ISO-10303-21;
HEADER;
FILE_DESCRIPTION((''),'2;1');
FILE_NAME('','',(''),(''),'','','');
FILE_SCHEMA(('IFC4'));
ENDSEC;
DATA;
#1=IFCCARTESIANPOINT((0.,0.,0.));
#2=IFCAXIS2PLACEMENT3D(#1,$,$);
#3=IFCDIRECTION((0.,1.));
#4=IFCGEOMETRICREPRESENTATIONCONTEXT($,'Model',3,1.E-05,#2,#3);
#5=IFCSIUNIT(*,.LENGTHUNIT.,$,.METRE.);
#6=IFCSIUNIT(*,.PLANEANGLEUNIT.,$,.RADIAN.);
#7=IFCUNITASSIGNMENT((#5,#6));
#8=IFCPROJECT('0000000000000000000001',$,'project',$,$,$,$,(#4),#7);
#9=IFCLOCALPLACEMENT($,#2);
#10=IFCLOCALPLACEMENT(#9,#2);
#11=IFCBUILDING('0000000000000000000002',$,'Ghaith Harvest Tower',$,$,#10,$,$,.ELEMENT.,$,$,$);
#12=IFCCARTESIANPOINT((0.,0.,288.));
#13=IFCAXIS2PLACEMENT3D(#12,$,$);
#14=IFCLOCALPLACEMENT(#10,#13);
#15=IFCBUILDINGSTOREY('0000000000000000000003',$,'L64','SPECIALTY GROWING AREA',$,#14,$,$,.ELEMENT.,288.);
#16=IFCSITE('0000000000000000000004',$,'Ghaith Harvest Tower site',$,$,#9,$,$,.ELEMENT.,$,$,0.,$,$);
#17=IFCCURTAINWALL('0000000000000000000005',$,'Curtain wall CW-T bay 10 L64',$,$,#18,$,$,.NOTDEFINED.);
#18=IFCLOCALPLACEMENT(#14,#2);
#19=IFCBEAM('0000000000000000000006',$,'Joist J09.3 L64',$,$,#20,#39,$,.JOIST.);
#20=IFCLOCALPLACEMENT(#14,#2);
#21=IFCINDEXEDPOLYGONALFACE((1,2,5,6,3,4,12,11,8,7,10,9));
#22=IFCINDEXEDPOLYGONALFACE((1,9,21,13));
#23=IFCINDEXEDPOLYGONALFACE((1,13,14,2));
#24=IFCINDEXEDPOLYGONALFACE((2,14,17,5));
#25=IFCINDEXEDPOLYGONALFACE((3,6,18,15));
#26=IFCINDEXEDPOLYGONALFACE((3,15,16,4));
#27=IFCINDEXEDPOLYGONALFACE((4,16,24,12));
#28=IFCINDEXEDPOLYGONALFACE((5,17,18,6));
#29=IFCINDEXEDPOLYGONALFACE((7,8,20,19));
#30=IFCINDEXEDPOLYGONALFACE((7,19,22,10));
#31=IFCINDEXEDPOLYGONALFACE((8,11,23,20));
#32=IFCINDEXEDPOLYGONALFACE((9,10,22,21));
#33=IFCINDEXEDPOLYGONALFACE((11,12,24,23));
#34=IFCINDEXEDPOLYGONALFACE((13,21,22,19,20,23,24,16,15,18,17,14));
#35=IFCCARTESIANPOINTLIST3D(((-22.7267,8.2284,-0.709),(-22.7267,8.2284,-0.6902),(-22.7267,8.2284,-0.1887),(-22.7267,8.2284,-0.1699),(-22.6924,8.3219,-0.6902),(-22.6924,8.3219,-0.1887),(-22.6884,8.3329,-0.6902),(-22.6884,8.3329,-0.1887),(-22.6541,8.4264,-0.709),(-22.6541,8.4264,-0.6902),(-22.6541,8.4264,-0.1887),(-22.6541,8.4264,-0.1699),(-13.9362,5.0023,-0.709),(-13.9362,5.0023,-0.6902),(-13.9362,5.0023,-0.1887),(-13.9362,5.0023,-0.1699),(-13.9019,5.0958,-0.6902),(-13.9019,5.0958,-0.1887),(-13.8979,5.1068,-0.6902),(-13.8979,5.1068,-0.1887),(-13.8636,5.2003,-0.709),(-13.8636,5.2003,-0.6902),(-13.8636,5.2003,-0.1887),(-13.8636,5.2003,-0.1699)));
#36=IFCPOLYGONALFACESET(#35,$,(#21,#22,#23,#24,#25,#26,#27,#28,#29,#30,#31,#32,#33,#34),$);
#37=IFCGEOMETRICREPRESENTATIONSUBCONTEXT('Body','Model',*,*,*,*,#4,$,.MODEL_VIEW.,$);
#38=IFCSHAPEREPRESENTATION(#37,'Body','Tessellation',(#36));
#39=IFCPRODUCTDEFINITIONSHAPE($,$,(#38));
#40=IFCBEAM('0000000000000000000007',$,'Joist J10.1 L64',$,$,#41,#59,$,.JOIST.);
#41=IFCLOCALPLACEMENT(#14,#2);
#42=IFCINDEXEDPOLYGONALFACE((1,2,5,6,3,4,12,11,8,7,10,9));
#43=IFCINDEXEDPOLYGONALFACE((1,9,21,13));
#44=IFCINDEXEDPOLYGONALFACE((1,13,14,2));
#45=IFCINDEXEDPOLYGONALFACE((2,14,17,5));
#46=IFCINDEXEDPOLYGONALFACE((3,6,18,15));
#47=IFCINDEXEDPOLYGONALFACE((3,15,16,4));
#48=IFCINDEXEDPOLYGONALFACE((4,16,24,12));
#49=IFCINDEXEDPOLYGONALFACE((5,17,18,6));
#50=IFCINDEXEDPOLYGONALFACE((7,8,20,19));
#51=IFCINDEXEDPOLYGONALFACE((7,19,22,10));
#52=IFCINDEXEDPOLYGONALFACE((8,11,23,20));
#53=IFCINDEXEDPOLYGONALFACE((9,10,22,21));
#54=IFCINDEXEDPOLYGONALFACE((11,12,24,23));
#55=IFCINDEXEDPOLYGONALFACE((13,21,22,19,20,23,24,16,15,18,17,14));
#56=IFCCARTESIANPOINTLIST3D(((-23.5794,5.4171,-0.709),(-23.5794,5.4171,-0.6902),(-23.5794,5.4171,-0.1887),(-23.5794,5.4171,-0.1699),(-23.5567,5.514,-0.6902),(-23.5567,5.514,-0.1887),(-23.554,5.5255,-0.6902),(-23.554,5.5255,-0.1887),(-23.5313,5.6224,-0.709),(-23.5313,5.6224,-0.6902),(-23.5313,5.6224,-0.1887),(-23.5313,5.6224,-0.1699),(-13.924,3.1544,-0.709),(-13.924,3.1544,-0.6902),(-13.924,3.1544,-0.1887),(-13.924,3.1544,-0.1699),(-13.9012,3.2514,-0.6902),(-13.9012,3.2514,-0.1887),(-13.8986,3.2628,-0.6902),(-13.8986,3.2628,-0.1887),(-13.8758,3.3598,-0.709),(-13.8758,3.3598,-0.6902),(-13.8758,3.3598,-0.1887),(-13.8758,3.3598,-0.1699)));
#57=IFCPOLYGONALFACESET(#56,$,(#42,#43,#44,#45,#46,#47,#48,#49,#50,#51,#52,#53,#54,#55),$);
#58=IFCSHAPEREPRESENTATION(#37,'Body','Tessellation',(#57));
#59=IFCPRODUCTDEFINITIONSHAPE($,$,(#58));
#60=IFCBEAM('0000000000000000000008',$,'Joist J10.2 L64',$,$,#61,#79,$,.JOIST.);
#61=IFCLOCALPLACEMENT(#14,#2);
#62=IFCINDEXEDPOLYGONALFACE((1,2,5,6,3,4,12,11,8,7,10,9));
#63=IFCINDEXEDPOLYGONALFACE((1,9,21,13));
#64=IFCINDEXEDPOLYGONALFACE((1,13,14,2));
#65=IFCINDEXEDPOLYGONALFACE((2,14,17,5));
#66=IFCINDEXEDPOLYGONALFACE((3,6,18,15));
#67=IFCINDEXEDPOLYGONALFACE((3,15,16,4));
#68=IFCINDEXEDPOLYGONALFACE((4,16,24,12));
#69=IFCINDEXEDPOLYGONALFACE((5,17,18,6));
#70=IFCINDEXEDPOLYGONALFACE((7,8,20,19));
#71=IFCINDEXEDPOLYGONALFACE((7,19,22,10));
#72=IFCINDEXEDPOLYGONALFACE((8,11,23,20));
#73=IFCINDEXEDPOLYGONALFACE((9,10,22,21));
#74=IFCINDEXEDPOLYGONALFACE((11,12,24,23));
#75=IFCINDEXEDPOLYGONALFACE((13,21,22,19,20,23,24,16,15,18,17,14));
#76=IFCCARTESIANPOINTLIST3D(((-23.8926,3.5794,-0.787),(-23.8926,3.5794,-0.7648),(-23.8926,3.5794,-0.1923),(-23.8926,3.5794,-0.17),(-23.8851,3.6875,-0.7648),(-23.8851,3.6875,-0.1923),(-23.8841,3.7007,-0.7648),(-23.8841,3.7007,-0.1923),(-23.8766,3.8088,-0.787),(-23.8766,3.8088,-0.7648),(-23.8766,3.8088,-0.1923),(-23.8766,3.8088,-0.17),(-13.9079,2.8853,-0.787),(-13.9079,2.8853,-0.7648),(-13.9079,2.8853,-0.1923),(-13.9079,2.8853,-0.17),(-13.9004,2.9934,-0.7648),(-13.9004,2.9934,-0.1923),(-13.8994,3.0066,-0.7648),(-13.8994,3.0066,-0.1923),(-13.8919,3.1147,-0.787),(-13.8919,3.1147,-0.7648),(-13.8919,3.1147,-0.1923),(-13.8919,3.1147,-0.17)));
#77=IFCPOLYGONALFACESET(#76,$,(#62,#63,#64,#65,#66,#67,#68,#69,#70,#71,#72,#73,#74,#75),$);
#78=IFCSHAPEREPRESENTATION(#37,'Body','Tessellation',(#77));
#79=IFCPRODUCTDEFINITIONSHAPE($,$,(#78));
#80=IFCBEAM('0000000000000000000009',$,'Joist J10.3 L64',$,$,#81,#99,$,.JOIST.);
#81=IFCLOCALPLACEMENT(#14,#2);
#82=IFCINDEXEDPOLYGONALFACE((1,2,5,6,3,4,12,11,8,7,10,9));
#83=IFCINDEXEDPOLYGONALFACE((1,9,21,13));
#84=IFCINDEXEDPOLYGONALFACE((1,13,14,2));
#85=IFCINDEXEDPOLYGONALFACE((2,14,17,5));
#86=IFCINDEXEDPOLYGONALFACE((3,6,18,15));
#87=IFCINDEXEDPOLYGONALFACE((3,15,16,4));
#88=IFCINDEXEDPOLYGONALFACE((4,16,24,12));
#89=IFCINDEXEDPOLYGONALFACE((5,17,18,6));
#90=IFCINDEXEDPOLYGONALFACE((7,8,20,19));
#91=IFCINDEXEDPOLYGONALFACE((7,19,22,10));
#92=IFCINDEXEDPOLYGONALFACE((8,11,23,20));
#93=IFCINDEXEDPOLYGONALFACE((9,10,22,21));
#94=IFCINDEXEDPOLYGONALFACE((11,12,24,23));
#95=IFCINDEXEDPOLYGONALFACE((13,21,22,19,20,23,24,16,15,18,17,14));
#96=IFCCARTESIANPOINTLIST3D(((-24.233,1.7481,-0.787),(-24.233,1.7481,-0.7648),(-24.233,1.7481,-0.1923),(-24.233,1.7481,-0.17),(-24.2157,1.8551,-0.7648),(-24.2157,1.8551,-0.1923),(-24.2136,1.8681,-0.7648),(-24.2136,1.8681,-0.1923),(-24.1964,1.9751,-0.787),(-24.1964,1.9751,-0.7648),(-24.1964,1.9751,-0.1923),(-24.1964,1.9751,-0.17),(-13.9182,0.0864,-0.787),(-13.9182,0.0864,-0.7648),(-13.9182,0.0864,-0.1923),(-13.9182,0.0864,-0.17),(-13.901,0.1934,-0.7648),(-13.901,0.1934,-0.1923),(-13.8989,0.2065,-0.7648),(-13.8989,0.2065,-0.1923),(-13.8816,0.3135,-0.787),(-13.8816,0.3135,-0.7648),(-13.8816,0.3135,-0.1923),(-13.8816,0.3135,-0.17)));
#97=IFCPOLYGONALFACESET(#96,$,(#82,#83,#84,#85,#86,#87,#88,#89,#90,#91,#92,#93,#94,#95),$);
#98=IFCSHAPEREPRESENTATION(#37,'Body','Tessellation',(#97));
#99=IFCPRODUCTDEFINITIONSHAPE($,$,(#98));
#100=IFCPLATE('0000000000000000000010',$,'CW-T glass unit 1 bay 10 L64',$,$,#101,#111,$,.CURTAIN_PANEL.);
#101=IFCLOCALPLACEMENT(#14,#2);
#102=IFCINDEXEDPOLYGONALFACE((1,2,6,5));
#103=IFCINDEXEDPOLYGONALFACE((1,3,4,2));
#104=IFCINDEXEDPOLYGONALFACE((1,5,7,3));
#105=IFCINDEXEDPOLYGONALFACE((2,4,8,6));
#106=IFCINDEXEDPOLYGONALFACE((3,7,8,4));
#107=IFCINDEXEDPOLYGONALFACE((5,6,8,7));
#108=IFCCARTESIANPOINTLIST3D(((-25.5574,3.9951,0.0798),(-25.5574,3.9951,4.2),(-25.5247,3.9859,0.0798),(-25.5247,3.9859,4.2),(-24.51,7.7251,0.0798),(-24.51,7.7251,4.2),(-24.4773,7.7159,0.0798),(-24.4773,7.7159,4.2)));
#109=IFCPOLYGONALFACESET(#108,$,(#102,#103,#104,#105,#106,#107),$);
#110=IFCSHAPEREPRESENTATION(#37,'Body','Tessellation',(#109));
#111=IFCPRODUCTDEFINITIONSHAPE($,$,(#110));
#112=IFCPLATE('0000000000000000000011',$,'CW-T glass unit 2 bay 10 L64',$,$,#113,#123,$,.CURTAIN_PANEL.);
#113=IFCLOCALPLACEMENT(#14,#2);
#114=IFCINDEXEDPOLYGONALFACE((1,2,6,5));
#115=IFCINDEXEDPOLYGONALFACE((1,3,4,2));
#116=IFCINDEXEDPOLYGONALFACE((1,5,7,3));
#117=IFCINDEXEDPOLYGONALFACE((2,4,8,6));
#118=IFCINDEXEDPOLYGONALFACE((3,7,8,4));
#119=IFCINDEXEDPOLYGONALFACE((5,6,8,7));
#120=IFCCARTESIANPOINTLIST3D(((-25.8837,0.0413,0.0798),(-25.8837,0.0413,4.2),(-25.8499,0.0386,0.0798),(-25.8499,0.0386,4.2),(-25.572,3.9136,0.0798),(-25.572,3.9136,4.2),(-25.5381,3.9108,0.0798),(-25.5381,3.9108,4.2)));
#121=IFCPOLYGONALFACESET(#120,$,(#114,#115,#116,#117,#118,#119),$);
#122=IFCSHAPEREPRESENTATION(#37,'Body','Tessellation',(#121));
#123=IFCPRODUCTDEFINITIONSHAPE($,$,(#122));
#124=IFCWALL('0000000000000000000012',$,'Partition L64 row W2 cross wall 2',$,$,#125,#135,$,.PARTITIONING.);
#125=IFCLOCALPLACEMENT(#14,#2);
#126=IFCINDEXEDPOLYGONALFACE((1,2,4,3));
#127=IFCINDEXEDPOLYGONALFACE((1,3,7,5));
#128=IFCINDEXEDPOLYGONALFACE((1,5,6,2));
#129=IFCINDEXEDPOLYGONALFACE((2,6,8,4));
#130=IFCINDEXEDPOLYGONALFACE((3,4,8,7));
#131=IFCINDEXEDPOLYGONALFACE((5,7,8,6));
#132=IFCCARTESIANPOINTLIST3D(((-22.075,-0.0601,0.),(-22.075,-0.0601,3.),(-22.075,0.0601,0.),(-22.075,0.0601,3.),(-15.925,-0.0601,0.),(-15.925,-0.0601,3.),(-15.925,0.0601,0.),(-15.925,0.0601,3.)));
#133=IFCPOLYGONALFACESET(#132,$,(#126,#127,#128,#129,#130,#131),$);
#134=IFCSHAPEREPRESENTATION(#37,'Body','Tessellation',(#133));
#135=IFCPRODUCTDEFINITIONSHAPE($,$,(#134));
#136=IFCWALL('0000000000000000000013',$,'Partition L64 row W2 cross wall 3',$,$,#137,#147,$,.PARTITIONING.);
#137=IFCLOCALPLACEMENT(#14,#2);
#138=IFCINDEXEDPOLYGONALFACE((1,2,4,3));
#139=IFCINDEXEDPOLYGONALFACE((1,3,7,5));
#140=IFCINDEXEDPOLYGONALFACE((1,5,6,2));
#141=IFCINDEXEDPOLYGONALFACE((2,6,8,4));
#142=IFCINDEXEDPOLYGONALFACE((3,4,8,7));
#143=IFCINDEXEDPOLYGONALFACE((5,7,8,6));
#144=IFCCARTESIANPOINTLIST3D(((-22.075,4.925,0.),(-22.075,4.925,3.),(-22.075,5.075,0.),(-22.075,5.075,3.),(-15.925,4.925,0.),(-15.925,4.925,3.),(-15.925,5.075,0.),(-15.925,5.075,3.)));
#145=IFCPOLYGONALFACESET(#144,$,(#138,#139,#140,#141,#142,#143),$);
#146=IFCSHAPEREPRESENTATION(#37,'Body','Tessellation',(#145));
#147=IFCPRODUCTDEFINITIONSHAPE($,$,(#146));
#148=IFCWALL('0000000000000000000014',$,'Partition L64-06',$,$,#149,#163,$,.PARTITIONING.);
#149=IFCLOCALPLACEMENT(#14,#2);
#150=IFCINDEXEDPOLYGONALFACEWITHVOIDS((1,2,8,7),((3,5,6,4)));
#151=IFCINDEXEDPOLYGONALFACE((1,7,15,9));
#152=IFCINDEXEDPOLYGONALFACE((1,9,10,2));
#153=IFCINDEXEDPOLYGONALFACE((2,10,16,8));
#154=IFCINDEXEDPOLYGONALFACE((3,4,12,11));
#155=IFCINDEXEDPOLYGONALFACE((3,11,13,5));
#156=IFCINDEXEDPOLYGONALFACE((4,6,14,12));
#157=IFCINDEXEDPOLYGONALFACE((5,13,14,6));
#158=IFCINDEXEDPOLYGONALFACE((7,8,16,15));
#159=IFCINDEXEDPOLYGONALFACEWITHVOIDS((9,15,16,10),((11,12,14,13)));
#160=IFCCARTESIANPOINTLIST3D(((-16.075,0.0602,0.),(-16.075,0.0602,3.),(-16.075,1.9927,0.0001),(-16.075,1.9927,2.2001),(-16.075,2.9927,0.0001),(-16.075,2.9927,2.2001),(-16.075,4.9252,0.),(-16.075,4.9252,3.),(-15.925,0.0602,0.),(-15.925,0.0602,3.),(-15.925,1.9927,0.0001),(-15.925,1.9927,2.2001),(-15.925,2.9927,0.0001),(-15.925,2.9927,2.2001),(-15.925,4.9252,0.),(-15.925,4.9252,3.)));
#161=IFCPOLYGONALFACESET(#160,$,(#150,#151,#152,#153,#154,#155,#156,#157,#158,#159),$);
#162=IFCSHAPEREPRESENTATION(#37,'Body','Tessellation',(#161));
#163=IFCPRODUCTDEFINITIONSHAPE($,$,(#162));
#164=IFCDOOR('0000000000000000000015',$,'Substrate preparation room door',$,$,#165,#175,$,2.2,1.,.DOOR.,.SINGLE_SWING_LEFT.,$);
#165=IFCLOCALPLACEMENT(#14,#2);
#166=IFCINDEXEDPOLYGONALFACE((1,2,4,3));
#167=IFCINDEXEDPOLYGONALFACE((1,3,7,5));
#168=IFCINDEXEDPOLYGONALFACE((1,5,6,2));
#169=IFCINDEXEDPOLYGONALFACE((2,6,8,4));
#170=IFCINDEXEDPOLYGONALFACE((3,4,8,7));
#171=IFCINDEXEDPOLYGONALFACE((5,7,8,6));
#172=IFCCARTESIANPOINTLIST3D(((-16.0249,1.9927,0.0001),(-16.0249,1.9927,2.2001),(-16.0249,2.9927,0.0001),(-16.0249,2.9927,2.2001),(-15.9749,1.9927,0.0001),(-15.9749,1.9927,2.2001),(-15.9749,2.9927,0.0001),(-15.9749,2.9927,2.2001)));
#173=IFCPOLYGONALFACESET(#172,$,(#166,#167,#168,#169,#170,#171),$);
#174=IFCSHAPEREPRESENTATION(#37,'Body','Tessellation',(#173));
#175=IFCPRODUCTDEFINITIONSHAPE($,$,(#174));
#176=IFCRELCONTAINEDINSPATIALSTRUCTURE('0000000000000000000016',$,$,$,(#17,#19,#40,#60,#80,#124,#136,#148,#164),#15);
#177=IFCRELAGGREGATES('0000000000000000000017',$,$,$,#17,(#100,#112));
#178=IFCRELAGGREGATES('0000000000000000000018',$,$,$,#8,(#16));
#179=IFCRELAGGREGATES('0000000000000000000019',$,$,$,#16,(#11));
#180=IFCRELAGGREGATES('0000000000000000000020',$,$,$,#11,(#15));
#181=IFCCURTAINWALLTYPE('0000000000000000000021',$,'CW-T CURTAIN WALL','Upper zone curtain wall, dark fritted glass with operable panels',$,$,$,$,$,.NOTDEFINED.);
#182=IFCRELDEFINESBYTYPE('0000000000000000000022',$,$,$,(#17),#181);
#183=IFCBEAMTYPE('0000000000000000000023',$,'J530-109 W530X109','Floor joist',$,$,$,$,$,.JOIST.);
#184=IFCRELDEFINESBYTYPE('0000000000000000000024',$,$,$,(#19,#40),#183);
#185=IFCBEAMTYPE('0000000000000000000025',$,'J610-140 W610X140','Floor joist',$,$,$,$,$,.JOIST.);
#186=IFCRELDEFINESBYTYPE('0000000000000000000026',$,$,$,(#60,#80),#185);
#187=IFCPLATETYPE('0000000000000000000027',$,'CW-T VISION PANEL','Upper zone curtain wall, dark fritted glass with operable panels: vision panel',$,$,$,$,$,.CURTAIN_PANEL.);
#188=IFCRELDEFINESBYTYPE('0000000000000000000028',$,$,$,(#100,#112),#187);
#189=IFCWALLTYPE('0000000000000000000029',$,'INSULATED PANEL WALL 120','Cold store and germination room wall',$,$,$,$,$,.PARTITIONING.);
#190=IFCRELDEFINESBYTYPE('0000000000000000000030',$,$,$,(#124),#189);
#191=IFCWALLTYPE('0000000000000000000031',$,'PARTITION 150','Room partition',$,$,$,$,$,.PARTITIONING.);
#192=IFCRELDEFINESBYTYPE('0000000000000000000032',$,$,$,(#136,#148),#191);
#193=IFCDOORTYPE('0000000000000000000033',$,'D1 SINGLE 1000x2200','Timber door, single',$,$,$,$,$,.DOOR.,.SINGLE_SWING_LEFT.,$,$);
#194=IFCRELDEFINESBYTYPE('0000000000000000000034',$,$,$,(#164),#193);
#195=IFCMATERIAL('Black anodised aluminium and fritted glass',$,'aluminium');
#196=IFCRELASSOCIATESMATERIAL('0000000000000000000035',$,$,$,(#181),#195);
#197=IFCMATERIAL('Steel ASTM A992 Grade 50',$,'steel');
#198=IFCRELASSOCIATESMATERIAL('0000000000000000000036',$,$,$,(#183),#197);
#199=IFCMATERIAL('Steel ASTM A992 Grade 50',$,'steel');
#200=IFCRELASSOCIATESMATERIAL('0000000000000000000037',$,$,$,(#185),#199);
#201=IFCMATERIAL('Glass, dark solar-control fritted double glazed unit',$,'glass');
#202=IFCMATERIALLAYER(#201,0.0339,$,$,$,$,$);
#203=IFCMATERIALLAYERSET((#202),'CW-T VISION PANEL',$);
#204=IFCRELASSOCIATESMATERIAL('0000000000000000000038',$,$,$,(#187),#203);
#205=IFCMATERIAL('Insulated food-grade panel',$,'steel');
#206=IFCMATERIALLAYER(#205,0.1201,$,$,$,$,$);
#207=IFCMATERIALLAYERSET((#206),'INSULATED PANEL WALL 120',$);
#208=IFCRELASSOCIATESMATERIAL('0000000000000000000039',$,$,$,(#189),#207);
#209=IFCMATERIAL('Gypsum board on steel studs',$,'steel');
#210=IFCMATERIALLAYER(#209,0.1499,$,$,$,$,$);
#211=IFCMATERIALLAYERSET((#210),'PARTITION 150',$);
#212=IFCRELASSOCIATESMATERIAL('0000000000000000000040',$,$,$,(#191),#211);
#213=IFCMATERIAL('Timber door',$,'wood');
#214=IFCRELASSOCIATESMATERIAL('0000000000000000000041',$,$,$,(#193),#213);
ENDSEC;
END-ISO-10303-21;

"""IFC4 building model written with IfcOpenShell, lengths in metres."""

from ifc_helpers import new_model, si_unit, direction, frame, frame_2d, origin, origin_2d, place, context, subcontext, project, spatial, rectangle, i_section, extrude, material, layer, layer_set, material_profile, profile_set, type_object, element, fill, aggregate, save


model = new_model("IFC4")

# Units and contexts
model_context = context("Model", 3, precision=1e-05, world=origin(), true_north=direction((0.0, 1.0)))
body_context = subcontext(model_context, "Body", "Model", "MODEL_VIEW")
ifc_project = project(units=[si_unit("LENGTHUNIT", "METRE"), si_unit("PLANEANGLEUNIT", "RADIAN")], contexts=[model_context])

# Site, building, storey
site_placement = place(None, origin())
site = spatial("IfcSite", under=ifc_project, at=site_placement, Name="Ghaith Harvest Tower site", CompositionType="ELEMENT", RefElevation=0.0)
building_placement = place(site_placement, origin())
building = spatial("IfcBuilding", under=site, at=building_placement, Name="Ghaith Harvest Tower", CompositionType="ELEMENT")
storey_placement = place(building_placement, frame((0.0, 0.0, 288.0)))
storey = spatial("IfcBuildingStorey", under=building, at=storey_placement, Name="L64", Description="SPECIALTY GROWING AREA", CompositionType="ELEMENT", Elevation=288.0)

# Curtain wall
ifc_material_1 = material(Name="Black anodised aluminium and fritted glass", Category="aluminium")
curtain_wall_type = type_object("IfcCurtainWallType", Name="CW-T CURTAIN WALL", Description="Upper zone curtain wall, dark fritted glass with operable panels", PredefinedType="NOTDEFINED", material=ifc_material_1)
curtain_wall_placement = place(storey_placement, origin())
curtain_wall = element("IfcCurtainWall", 1, at=curtain_wall_placement, inside=storey, type_object=curtain_wall_type, Name="Curtain wall CW-T bay 10 L64", PredefinedType="NOTDEFINED")

# Beams
ifc_material_2 = material(Name="Steel ASTM A992 Grade 50", Category="steel")
ifc_material_profile_1 = material_profile(ifc_material_2, i_section(OverallWidth=0.2109, OverallDepth=0.5391, WebThickness=0.0117, FlangeThickness=0.0188, at=origin_2d()), Name="W530X109")
ifc_profile_set_1 = profile_set([ifc_material_profile_1], Name="Steel ASTM A992 Grade 50")
beam_type_1 = type_object("IfcBeamType", Name="J530-109 W530X109", Description="Floor joist", PredefinedType="JOIST", material=ifc_profile_set_1)
beam_1_placement = place(storey_placement, frame((-13.8999, 5.1013, -0.4395), z_axis=(-0.938777, 0.344526, 0.0), x_axis=(-0.344526, -0.938777, 0.0)))
element("IfcBeam", 2, at=beam_1_placement, inside=storey, type_object=beam_type_1, Name="Joist J09.3 L64", PredefinedType="JOIST", context=body_context, shape_type="SweptSolid", body=[
    extrude(i_section(OverallWidth=0.2109, OverallDepth=0.5391, WebThickness=0.0117, FlangeThickness=0.0188, at=origin_2d()), origin(), (0.0, 0.0, 1.0), 9.3638),
])
beam_2_placement = place(storey_placement, frame((-13.8999, 3.2571, -0.4395), z_axis=(-0.973623, 0.228161, 0.0), x_axis=(-0.228161, -0.973623, 0.0)))
element("IfcBeam", 3, at=beam_2_placement, inside=storey, type_object=beam_type_1, Name="Joist J10.1 L64", PredefinedType="JOIST", context=body_context, shape_type="SweptSolid", body=[
    extrude(i_section(OverallWidth=0.2109, OverallDepth=0.5391, WebThickness=0.0117, FlangeThickness=0.0188, at=origin_2d()), origin(), (0.0, 0.0, 1.0), 9.917),
])
ifc_material_3 = material(Name="Steel ASTM A992 Grade 50", Category="steel")
ifc_material_profile_2 = material_profile(ifc_material_3, i_section(OverallWidth=0.23, OverallDepth=0.6169, WebThickness=0.0132, FlangeThickness=0.0222, at=origin_2d()), Name="W610X140")
ifc_profile_set_2 = profile_set([ifc_material_profile_2], Name="Steel ASTM A992 Grade 50")
beam_type_2 = type_object("IfcBeamType", Name="J610-140 W610X140", Description="Floor joist", PredefinedType="JOIST", material=ifc_profile_set_2)
beam_3_placement = place(storey_placement, frame((-13.8999, 3.0, -0.4785), z_axis=(-0.997592, 0.069349, 0.0), x_axis=(-0.069349, -0.997592, 0.0)))
element("IfcBeam", 4, at=beam_3_placement, inside=storey, type_object=beam_type_2, Name="Joist J10.2 L64", PredefinedType="JOIST", context=body_context, shape_type="SweptSolid", body=[
    extrude(i_section(OverallWidth=0.23, OverallDepth=0.6169, WebThickness=0.0132, FlangeThickness=0.0222, at=origin_2d()), origin(), (0.0, 0.0, 1.0), 10.0088),
])
beam_4_placement = place(storey_placement, frame((-13.8999, 0.2, -0.4785), z_axis=(-0.987272, 0.159042, 0.0), x_axis=(-0.159042, -0.987272, 0.0)))
element("IfcBeam", 5, at=beam_4_placement, inside=storey, type_object=beam_type_2, Name="Joist J10.3 L64", PredefinedType="JOIST", context=body_context, shape_type="SweptSolid", body=[
    extrude(i_section(OverallWidth=0.23, OverallDepth=0.6169, WebThickness=0.0132, FlangeThickness=0.0222, at=origin_2d()), origin(), (0.0, 0.0, 1.0), 10.4478),
])

# Plates
ifc_material_4 = material(Name="Glass, dark solar-control fritted double glazed unit", Category="glass")
ifc_layer_1 = layer(ifc_material_4, 0.0339)
ifc_layer_set_1 = layer_set([ifc_layer_1], Name="CW-T VISION PANEL")
plate_type = type_object("IfcPlateType", Name="CW-T VISION PANEL", Description="Upper zone curtain wall, dark fritted glass with operable panels: vision panel", PredefinedType="CURTAIN_PANEL", material=ifc_layer_set_1)
plate_1_placement = place(storey_placement, frame((-25.0173, 5.8555, 0.0798), z_axis=(0.0, 0.0, 1.0), x_axis=(-0.270355, -0.962761, 0.0)))
plate_1 = element("IfcPlate", 6, at=plate_1_placement, type_object=plate_type, Name="CW-T glass unit 1 bay 10 L64", PredefinedType="CURTAIN_PANEL", context=body_context, shape_type="SweptSolid", body=[
    extrude(rectangle(XDim=3.8743, YDim=0.0339, at=origin_2d()), origin(), (0.0, 0.0, 1.0), 4.1201),
])
plate_2_placement = place(storey_placement, frame((-25.7109, 1.9761, 0.0798), z_axis=(0.0, 0.0, 1.0), x_axis=(-0.080258, -0.996774, 0.0)))
plate_2 = element("IfcPlate", 7, at=plate_2_placement, type_object=plate_type, Name="CW-T glass unit 2 bay 10 L64", PredefinedType="CURTAIN_PANEL", context=body_context, shape_type="SweptSolid", body=[
    extrude(rectangle(XDim=3.8848, YDim=0.0339, at=origin_2d()), origin(), (0.0, 0.0, 1.0), 4.1201),
])
aggregate(curtain_wall, [plate_1, plate_2])

# Walls
ifc_material_5 = material(Name="Insulated food-grade panel", Category="steel")
ifc_layer_2 = layer(ifc_material_5, 0.1201)
ifc_layer_set_2 = layer_set([ifc_layer_2], Name="INSULATED PANEL WALL 120")
wall_type_1 = type_object("IfcWallType", Name="INSULATED PANEL WALL 120", Description="Cold store and germination room wall", PredefinedType="PARTITIONING", material=ifc_layer_set_2)
wall_1_placement = place(storey_placement, frame((-15.925, 0.0, 0.0), z_axis=(0.0, 0.0, 1.0), x_axis=(-1.0, 0.0, 0.0)))
element("IfcWall", 8, at=wall_1_placement, inside=storey, type_object=wall_type_1, Name="Partition L64 row W2 cross wall 2", PredefinedType="PARTITIONING", context=body_context, shape_type="SweptSolid", body=[
    extrude(rectangle(XDim=6.1499, YDim=0.1201, at=frame_2d((3.075, 0.0))), origin(), (0.0, 0.0, 1.0), 3.0),
])
ifc_material_6 = material(Name="Gypsum board on steel studs", Category="steel")
ifc_layer_3 = layer(ifc_material_6, 0.1499)
ifc_layer_set_3 = layer_set([ifc_layer_3], Name="PARTITION 150")
wall_type_2 = type_object("IfcWallType", Name="PARTITION 150", Description="Room partition", PredefinedType="PARTITIONING", material=ifc_layer_set_3)
wall_2_placement = place(storey_placement, frame((-15.925, 5.0, 0.0), z_axis=(0.0, 0.0, 1.0), x_axis=(-1.0, 0.0, 0.0)))
element("IfcWall", 9, at=wall_2_placement, inside=storey, type_object=wall_type_2, Name="Partition L64 row W2 cross wall 3", PredefinedType="PARTITIONING", context=body_context, shape_type="SweptSolid", body=[
    extrude(rectangle(XDim=6.1499, YDim=0.1499, at=frame_2d((3.075, 0.0))), origin(), (0.0, 0.0, 1.0), 3.0),
])

# Wall, opening, door
wall_3_placement = place(storey_placement, frame((-16.0, 0.0601, 0.0), z_axis=(0.0, 0.0, 1.0), x_axis=(0.0, 1.0, 0.0)))
wall_3 = element("IfcWall", 10, at=wall_3_placement, inside=storey, type_object=wall_type_2, Name="Partition L64-06", PredefinedType="PARTITIONING", context=body_context, shape_type="SweptSolid", body=[
    extrude(rectangle(XDim=4.865, YDim=0.1499, at=frame_2d((2.4326, 0.0))), origin(), (0.0, 0.0, 1.0), 3.0),
])
opening_placement = place(wall_3_placement, frame((1.9326, 0.0, 0.0)))
opening = element("IfcOpeningElement", 11, at=opening_placement, cuts=wall_3, PredefinedType="OPENING", context=body_context, shape_type="SweptSolid", body=[
    extrude(rectangle(XDim=1.0, YDim=2.2, at=frame_2d((0.5, 1.1001))), frame((0.0, 0.085, 0.0), z_axis=(0.0, -1.0, 0.0), x_axis=(1.0, 0.0, 0.0)), (0.0, 0.0, 1.0), 0.1699),
])
ifc_material_7 = material(Name="Timber door", Category="wood")
door_type = type_object("IfcDoorType", Name="D1 SINGLE 1000x2200", Description="Timber door, single", OperationType="SINGLE_SWING_LEFT", PredefinedType="DOOR", material=ifc_material_7)
door_placement = place(opening_placement, origin())
door = element("IfcDoor", 12, at=door_placement, inside=storey, type_object=door_type, Name="Substrate preparation room door", OperationType="SINGLE_SWING_LEFT", OverallHeight=2.2, OverallWidth=1.0, PredefinedType="DOOR", context=body_context, shape_type="SweptSolid", body=[
    extrude(rectangle(XDim=1.0, YDim=2.2, at=frame_2d((0.5, 1.1001))), frame((0.0, 0.0249, 0.0), z_axis=(0.0, -1.0, 0.0), x_axis=(1.0, 0.0, 0.0)), (0.0, 0.0, 1.0), 0.05),
])
fill(opening, door)

save(model, "model.ifc")
